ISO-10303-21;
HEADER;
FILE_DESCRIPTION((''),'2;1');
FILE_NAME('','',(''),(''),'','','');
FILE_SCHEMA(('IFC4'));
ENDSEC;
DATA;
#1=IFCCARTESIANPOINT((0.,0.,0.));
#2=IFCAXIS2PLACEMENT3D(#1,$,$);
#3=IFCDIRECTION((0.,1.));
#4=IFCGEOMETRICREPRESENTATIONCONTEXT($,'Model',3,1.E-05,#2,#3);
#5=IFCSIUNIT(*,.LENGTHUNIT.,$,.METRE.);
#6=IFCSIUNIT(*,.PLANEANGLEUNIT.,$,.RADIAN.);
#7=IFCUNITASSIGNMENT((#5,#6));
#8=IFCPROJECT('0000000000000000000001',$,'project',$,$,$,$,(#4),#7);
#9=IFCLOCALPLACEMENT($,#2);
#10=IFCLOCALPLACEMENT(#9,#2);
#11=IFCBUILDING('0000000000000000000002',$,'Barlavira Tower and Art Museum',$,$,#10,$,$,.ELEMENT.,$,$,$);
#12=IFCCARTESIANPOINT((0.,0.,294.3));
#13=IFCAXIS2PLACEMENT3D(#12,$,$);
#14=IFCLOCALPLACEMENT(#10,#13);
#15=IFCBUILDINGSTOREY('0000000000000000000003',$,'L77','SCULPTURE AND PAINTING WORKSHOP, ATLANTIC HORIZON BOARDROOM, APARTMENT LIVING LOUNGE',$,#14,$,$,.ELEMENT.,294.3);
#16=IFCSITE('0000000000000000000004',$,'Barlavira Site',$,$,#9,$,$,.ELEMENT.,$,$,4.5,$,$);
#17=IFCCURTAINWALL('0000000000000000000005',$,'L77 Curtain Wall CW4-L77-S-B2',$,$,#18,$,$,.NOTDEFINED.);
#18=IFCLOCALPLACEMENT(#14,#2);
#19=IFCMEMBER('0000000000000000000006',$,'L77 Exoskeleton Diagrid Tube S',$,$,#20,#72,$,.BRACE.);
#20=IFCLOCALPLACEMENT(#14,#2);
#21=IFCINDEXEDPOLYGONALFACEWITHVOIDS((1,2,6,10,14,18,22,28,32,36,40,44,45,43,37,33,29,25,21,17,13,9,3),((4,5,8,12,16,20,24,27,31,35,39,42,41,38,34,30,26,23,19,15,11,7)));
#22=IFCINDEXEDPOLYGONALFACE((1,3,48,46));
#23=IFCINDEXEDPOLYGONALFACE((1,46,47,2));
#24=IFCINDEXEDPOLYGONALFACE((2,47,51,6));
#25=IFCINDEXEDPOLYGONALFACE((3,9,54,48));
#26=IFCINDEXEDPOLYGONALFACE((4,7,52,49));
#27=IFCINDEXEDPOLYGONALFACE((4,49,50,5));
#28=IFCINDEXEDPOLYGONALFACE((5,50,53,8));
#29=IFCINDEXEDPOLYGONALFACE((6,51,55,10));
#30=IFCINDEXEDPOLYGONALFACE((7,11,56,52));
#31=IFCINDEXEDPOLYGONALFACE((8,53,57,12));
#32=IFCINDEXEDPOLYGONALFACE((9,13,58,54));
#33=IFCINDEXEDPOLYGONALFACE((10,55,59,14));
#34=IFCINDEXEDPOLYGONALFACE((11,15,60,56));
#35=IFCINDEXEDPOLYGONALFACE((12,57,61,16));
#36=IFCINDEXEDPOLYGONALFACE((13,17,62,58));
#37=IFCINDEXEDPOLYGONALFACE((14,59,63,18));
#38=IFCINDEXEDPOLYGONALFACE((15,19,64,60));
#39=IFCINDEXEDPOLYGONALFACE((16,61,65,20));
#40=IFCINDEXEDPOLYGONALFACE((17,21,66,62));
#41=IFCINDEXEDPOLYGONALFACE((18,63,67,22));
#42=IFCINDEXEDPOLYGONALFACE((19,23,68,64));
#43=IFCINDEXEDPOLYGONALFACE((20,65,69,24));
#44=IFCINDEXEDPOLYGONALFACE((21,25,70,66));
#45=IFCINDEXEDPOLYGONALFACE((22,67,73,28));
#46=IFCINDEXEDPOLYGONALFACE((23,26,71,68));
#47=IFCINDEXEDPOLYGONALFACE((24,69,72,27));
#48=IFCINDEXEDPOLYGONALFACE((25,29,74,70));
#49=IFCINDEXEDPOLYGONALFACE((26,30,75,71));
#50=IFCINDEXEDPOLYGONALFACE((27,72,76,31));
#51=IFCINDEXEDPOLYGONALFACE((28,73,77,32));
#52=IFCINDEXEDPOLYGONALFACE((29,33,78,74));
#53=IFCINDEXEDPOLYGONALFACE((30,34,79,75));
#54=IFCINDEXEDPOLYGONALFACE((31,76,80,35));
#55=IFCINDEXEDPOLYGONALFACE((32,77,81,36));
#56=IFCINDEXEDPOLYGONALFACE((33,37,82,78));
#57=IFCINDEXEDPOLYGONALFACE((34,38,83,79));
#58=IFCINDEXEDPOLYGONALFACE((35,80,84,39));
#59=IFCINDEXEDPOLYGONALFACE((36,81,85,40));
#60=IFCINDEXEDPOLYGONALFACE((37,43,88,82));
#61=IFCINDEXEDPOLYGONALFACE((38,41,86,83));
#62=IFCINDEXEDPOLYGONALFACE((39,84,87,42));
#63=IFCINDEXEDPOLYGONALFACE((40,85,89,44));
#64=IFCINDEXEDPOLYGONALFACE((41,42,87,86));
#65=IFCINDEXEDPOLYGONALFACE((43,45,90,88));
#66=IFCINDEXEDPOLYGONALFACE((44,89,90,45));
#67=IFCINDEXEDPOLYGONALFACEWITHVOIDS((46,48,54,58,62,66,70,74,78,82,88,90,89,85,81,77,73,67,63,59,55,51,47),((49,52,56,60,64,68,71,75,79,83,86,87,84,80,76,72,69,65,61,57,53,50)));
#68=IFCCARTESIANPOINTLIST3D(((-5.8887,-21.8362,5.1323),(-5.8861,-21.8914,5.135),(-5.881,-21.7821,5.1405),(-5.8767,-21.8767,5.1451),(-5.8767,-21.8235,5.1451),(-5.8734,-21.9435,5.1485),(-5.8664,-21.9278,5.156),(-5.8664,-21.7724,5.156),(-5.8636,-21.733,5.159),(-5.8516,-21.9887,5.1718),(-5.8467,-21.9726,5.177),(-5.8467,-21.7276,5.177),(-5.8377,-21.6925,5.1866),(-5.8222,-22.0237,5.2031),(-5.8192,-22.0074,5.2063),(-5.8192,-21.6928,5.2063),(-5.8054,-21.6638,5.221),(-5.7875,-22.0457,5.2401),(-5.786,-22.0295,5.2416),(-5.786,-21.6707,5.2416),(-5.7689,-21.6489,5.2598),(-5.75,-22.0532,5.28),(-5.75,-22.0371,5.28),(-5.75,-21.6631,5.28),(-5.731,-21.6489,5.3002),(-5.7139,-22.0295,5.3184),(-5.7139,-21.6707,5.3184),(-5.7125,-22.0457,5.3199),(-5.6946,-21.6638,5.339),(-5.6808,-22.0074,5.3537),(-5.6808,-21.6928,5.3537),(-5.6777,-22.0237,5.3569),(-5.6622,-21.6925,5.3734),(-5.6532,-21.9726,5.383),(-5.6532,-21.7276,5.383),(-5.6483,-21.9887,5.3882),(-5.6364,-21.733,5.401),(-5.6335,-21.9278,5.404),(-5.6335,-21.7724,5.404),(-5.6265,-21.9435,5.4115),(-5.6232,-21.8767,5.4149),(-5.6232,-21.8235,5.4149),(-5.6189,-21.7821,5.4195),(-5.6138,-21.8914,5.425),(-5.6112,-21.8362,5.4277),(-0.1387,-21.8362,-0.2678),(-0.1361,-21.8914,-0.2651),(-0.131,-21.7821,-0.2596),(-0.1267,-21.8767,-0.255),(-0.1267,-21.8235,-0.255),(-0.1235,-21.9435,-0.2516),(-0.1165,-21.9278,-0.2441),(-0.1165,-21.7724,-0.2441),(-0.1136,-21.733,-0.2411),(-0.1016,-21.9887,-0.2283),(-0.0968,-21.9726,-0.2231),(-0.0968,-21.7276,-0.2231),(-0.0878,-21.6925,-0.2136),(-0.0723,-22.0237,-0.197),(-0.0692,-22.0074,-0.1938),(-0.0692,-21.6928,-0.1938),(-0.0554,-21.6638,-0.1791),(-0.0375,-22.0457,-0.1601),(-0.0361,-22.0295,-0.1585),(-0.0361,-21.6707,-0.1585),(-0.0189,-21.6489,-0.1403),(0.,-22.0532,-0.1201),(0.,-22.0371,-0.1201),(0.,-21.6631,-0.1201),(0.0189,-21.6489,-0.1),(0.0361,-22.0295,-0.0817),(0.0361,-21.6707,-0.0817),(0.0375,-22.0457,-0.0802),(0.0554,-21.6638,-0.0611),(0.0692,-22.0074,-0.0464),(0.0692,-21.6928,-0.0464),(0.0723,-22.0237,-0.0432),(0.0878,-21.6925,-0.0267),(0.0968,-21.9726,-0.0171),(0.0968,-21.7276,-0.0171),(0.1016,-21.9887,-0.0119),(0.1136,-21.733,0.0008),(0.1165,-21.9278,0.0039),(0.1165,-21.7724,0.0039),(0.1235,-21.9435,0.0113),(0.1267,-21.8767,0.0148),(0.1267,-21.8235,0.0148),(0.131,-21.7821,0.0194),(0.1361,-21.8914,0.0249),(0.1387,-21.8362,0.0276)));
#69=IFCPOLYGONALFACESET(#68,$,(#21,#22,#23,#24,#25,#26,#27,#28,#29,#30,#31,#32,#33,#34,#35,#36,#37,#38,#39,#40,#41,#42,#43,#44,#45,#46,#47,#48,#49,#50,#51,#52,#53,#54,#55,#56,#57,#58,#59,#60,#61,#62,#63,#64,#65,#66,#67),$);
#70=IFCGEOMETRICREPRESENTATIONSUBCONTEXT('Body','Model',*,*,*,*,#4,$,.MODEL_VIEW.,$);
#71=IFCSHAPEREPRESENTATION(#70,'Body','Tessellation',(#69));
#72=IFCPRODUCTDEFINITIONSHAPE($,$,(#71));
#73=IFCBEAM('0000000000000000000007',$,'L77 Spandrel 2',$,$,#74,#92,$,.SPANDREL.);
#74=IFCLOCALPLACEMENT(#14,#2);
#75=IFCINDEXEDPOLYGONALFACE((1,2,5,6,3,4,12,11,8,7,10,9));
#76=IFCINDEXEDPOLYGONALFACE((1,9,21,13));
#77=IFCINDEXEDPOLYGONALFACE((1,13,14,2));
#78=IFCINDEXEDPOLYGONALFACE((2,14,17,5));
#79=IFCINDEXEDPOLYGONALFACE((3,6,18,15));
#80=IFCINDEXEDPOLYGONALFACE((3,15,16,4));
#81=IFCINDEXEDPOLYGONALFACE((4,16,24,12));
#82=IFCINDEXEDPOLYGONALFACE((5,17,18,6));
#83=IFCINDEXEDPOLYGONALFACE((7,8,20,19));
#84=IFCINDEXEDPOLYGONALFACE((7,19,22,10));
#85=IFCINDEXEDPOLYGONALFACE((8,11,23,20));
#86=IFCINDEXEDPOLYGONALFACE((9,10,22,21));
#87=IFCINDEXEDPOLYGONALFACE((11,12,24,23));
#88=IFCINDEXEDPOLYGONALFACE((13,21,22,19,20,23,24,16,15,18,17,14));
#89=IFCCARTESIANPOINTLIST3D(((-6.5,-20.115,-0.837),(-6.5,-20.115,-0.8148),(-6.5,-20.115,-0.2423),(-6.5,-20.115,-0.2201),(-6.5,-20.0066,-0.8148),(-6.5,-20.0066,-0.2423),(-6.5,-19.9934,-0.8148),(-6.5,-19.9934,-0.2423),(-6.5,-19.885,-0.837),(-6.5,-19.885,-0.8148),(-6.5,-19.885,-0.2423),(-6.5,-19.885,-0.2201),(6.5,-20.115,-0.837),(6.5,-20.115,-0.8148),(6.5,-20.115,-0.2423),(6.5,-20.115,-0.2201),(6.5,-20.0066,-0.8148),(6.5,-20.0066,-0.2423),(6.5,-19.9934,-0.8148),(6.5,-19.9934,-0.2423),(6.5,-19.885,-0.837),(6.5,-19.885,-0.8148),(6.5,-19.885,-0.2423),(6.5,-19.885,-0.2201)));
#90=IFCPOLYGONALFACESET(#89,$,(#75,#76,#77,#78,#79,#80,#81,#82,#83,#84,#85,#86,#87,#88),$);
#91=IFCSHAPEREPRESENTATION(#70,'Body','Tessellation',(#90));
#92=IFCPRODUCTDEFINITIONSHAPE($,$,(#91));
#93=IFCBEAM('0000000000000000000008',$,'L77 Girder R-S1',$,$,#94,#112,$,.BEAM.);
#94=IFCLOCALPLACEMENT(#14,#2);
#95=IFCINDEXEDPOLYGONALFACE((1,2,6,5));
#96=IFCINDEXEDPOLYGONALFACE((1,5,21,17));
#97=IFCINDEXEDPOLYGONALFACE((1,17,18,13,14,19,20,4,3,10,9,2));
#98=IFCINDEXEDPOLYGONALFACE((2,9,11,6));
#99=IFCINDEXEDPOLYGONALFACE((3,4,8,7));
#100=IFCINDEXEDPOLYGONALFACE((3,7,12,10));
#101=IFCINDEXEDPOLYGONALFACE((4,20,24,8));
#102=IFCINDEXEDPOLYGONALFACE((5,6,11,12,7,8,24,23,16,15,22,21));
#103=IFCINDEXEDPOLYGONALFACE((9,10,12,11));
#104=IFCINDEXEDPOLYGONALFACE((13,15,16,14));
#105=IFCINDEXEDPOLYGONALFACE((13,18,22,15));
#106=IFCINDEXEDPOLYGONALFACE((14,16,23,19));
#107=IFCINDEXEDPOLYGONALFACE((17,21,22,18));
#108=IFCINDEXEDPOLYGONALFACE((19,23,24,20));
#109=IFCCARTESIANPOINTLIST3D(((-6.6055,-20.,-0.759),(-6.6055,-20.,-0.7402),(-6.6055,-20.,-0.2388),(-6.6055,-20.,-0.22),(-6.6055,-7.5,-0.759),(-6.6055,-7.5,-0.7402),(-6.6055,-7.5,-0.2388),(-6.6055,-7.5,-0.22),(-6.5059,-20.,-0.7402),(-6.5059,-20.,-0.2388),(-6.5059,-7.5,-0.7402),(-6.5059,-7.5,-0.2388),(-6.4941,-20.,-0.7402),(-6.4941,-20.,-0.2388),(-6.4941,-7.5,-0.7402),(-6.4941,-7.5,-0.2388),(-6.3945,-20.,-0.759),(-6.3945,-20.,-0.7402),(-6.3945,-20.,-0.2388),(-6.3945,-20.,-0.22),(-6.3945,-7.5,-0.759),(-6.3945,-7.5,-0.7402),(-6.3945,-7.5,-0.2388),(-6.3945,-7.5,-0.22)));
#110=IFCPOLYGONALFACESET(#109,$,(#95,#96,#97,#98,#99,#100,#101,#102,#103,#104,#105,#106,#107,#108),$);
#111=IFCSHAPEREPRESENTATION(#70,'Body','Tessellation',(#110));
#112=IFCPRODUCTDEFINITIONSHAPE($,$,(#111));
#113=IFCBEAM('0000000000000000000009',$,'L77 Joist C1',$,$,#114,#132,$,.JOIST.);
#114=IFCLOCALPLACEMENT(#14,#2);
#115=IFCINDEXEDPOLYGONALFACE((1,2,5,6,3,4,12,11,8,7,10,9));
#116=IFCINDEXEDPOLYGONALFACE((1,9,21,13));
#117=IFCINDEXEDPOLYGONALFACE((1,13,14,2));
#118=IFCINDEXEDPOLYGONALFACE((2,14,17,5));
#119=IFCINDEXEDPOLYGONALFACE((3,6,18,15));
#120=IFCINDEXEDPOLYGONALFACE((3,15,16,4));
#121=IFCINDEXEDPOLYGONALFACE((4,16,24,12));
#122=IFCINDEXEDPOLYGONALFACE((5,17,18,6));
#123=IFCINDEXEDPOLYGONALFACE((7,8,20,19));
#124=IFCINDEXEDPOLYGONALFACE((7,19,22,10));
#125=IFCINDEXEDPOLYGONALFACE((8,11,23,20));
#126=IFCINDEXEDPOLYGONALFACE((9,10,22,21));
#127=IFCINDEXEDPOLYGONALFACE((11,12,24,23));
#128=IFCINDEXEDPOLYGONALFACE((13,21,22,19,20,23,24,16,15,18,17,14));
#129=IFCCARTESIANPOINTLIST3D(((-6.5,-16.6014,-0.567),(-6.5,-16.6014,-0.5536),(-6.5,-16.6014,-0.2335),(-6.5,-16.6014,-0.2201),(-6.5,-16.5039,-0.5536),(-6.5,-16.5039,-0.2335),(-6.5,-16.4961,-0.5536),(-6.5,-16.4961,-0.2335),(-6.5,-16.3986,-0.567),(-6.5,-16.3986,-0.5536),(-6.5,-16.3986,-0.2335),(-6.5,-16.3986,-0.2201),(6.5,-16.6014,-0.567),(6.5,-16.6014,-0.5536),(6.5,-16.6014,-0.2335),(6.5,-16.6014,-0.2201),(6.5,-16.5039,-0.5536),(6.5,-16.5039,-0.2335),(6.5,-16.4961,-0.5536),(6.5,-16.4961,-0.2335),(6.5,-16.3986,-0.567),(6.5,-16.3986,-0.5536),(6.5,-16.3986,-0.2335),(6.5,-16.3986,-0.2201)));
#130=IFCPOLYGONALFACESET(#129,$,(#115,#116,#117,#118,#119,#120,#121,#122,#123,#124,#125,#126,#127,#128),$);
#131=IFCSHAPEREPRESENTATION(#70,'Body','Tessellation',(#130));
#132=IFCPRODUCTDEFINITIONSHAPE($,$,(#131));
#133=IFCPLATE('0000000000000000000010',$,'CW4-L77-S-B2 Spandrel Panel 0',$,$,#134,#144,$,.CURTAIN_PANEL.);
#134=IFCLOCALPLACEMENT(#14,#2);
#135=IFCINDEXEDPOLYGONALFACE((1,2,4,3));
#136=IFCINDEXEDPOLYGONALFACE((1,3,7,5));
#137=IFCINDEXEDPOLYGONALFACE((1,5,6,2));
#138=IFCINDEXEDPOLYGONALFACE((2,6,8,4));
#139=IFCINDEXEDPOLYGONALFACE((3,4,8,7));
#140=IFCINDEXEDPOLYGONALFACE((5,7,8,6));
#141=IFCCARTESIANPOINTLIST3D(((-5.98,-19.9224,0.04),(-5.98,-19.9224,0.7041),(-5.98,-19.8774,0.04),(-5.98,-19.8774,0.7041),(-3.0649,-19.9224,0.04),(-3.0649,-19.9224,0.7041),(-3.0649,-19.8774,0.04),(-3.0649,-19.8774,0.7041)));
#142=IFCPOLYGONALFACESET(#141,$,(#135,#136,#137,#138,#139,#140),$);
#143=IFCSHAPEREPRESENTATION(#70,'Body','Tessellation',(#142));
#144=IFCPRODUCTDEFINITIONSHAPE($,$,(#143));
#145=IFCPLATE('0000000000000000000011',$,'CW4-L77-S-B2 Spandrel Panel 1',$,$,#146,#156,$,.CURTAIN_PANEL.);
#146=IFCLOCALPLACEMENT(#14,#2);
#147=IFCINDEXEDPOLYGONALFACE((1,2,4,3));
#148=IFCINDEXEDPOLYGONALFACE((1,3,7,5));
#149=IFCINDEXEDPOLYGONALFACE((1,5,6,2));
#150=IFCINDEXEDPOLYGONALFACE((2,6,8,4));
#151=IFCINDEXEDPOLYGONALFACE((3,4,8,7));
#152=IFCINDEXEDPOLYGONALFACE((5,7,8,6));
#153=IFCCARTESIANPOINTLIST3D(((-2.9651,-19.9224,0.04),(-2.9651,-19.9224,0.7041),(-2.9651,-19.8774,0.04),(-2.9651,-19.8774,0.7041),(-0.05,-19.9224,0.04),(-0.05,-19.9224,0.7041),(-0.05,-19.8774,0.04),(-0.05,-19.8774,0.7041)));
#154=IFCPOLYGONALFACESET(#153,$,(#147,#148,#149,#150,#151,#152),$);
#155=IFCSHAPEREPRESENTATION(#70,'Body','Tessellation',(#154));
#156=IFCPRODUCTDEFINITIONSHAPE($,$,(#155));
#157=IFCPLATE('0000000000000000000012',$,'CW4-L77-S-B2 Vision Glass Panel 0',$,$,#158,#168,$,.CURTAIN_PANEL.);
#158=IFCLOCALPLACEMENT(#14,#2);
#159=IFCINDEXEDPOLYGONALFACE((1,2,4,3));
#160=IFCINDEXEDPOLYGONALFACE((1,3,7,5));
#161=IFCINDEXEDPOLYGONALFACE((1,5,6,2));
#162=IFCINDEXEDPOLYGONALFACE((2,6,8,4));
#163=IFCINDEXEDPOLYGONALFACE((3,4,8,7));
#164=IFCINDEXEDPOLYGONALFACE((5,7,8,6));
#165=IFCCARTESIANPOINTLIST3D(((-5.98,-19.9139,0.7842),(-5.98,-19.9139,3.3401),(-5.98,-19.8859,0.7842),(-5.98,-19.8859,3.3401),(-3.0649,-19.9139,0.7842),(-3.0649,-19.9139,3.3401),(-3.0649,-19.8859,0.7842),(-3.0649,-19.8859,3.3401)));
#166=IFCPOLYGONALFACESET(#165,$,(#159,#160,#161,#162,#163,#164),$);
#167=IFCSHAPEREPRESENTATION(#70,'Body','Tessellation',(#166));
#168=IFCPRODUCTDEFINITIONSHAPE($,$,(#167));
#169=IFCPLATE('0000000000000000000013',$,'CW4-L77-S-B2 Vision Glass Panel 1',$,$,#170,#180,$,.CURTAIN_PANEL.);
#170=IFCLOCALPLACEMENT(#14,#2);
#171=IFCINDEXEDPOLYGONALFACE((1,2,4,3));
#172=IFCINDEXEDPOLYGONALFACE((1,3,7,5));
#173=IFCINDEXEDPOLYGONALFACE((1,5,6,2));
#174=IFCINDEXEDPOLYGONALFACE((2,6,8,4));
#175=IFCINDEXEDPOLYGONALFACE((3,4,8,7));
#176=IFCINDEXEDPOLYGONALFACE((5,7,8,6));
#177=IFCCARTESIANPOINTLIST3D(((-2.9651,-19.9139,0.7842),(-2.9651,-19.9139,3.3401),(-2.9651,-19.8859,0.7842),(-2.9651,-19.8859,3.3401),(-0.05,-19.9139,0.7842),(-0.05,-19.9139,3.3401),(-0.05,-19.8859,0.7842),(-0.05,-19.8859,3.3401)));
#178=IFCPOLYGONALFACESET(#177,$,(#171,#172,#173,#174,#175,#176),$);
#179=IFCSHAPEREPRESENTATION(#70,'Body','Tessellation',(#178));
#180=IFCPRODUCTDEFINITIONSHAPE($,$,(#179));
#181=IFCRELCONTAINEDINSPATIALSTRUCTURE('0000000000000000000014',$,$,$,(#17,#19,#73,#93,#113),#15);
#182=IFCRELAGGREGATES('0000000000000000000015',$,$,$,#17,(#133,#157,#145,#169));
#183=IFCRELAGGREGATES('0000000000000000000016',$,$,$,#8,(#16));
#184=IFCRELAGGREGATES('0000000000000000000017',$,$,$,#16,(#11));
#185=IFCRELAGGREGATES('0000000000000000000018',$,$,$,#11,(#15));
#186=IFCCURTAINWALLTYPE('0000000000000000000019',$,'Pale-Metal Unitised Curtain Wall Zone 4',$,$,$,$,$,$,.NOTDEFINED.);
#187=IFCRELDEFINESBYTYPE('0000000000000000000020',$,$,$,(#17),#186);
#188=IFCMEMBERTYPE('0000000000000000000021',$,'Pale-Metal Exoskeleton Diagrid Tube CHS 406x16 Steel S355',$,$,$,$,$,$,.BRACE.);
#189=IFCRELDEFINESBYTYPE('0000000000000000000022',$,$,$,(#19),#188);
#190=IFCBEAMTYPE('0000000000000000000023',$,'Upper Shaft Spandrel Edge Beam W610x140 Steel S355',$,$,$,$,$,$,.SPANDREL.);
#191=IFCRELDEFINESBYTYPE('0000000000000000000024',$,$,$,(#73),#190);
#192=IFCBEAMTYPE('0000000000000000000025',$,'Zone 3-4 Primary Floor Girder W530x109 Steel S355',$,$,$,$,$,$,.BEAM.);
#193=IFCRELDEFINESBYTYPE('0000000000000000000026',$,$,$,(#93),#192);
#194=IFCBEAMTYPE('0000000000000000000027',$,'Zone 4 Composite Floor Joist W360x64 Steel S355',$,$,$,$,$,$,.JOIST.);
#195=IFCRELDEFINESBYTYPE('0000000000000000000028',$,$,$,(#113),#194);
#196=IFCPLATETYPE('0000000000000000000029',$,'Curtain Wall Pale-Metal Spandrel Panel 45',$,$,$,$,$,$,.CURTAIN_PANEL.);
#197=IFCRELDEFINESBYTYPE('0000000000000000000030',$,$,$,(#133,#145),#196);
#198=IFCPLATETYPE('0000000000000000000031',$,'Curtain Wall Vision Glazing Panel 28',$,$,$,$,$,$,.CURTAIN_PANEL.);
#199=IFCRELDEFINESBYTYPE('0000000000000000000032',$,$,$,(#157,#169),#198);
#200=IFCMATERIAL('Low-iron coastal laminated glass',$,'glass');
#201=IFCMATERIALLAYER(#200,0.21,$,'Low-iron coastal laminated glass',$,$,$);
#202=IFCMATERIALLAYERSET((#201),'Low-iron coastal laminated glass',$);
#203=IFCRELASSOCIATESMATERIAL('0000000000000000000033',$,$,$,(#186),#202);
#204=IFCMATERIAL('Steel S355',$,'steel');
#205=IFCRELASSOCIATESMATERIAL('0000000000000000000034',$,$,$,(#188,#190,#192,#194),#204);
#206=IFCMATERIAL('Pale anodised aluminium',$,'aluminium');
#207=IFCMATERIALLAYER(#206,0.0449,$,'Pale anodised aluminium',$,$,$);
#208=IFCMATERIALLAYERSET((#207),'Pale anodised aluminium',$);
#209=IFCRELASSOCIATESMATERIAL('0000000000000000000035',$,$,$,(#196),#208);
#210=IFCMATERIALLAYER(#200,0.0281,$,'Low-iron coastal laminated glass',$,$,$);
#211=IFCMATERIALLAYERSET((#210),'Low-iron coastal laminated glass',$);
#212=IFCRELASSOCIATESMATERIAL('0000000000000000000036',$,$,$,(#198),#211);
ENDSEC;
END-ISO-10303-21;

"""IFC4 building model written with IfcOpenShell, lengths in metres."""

from ifc_helpers import new_model, si_unit, direction, frame, origin, origin_2d, place, context, subcontext, project, spatial, rectangle, hollow_circle, i_section, extrude, material, layer, layer_set, material_profile, profile_set, type_object, element, aggregate, save


model = new_model("IFC4")

# Units and contexts
model_context = context("Model", 3, precision=1e-05, world=origin(), true_north=direction((0.0, 1.0)))
body_context = subcontext(model_context, "Body", "Model", "MODEL_VIEW")
ifc_project = project(units=[si_unit("LENGTHUNIT", "METRE"), si_unit("PLANEANGLEUNIT", "RADIAN")], contexts=[model_context])

# Site, building, storey
site_placement = place(None, origin())
site = spatial("IfcSite", under=ifc_project, at=site_placement, Name="Barlavira Site", CompositionType="ELEMENT", RefElevation=4.5)
building_placement = place(site_placement, origin())
building = spatial("IfcBuilding", under=site, at=building_placement, Name="Barlavira Tower and Art Museum", CompositionType="ELEMENT")
storey_placement = place(building_placement, frame((0.0, 0.0, 294.3)))
storey = spatial("IfcBuildingStorey", under=building, at=storey_placement, Name="L77", Description="SCULPTURE AND PAINTING WORKSHOP, ATLANTIC HORIZON BOARDROOM, APARTMENT LIVING LOUNGE", CompositionType="ELEMENT", Elevation=294.3)

# Curtain wall
ifc_material_1 = material(Name="Low-iron coastal laminated glass", Category="glass")
ifc_layer_1 = layer(ifc_material_1, 0.21, Name="Low-iron coastal laminated glass")
ifc_layer_set_1 = layer_set([ifc_layer_1], Name="Low-iron coastal laminated glass")
curtain_wall_type = type_object("IfcCurtainWallType", Name="Pale-Metal Unitised Curtain Wall Zone 4", PredefinedType="NOTDEFINED", material=ifc_layer_set_1)
curtain_wall_placement = place(storey_placement, origin())
curtain_wall = element("IfcCurtainWall", 1, at=curtain_wall_placement, inside=storey, type_object=curtain_wall_type, Name="L77 Curtain Wall CW4-L77-S-B2", PredefinedType="NOTDEFINED")
ifc_material_2 = material(Name="Pale anodised aluminium", Category="aluminium")

# Member
ifc_material_3 = material(Name="Steel S355", Category="steel")
ifc_material_profile_1 = material_profile(ifc_material_3, hollow_circle(Radius=0.2031, WallThickness=0.0161, at=origin_2d()), Name="CHS 406.4x16.0")
ifc_profile_set_1 = profile_set([ifc_material_profile_1], Name="Steel S355")
member_type_1 = type_object("IfcMemberType", Name="Pale-Metal Exoskeleton Diagrid Tube CHS 406x16 Steel S355", PredefinedType="BRACE", material=ifc_profile_set_1)
member_1_placement = place(storey_placement, frame((0.0, -21.8501, -0.1201), z_axis=(-0.728935, 0.0, 0.684583), x_axis=(0.0, -1.0, 0.0)))
element("IfcMember", 2, at=member_1_placement, inside=storey, type_object=member_type_1, Name="L77 Exoskeleton Diagrid Tube S", PredefinedType="BRACE", context=body_context, shape_type="SweptSolid", body=[
    extrude(hollow_circle(Radius=0.2031, WallThickness=0.0161, at=origin_2d()), origin(), (0.0, 0.0, 1.0), 7.8882),
])

# Beams
ifc_material_profile_2 = material_profile(ifc_material_3, i_section(OverallWidth=0.23, OverallDepth=0.6169, WebThickness=0.0132, FlangeThickness=0.0222, at=origin_2d()), Name="W610x140.0")
ifc_profile_set_2 = profile_set([ifc_material_profile_2], Name="Steel S355")
beam_type_1 = type_object("IfcBeamType", Name="Upper Shaft Spandrel Edge Beam W610x140 Steel S355", PredefinedType="SPANDREL", material=ifc_profile_set_2)
beam_1_placement = place(storey_placement, frame((-6.5, -20.0, -0.5286), z_axis=(1.0, 0.0, 0.0), x_axis=(0.0, 1.0, 0.0)))
element("IfcBeam", 3, at=beam_1_placement, inside=storey, type_object=beam_type_1, Name="L77 Spandrel 2", PredefinedType="SPANDREL", context=body_context, shape_type="SweptSolid", body=[
    extrude(i_section(OverallWidth=0.23, OverallDepth=0.6169, WebThickness=0.0132, FlangeThickness=0.0222, at=origin_2d()), origin(), (0.0, 0.0, 1.0), 13.0),
])
ifc_material_profile_3 = material_profile(ifc_material_3, i_section(OverallWidth=0.2109, OverallDepth=0.5391, WebThickness=0.0117, FlangeThickness=0.0188, at=origin_2d()), Name="W530x109.0")
ifc_profile_set_3 = profile_set([ifc_material_profile_3], Name="Steel S355")
beam_type_2 = type_object("IfcBeamType", Name="Zone 3-4 Primary Floor Girder W530x109 Steel S355", PredefinedType="BEAM", material=ifc_profile_set_3)
beam_2_placement = place(storey_placement, frame((-6.5, -20.0, -0.4895), z_axis=(0.0, 1.0, 0.0), x_axis=(-1.0, 0.0, 0.0)))
element("IfcBeam", 4, at=beam_2_placement, inside=storey, type_object=beam_type_2, Name="L77 Girder R-S1", PredefinedType="BEAM", context=body_context, shape_type="SweptSolid", body=[
    extrude(i_section(OverallWidth=0.2109, OverallDepth=0.5391, WebThickness=0.0117, FlangeThickness=0.0188, at=origin_2d()), origin(), (0.0, 0.0, 1.0), 12.5),
])
ifc_material_profile_4 = material_profile(ifc_material_3, i_section(OverallWidth=0.2029, OverallDepth=0.3469, WebThickness=0.0078, FlangeThickness=0.0134, at=origin_2d()), Name="W360x64.0")
ifc_profile_set_4 = profile_set([ifc_material_profile_4], Name="Steel S355")
beam_type_3 = type_object("IfcBeamType", Name="Zone 4 Composite Floor Joist W360x64 Steel S355", PredefinedType="JOIST", material=ifc_profile_set_4)
beam_3_placement = place(storey_placement, frame((-6.5, -16.5, -0.3936), z_axis=(1.0, 0.0, 0.0), x_axis=(0.0, 1.0, 0.0)))
element("IfcBeam", 5, at=beam_3_placement, inside=storey, type_object=beam_type_3, Name="L77 Joist C1", PredefinedType="JOIST", context=body_context, shape_type="SweptSolid", body=[
    extrude(i_section(OverallWidth=0.2029, OverallDepth=0.3469, WebThickness=0.0078, FlangeThickness=0.0134, at=origin_2d()), origin(), (0.0, 0.0, 1.0), 13.0),
])

# Plates
ifc_layer_2 = layer(ifc_material_2, 0.0449, Name="Pale anodised aluminium")
ifc_layer_set_2 = layer_set([ifc_layer_2], Name="Pale anodised aluminium")
plate_type_1 = type_object("IfcPlateType", Name="Curtain Wall Pale-Metal Spandrel Panel 45", PredefinedType="CURTAIN_PANEL", material=ifc_layer_set_2)
plate_1_placement = place(storey_placement, frame((-4.5225, -19.8999, 0.04), z_axis=(0.0, 0.0, 1.0), x_axis=(1.0, 0.0, 0.0)))
plate_1 = element("IfcPlate", 6, at=plate_1_placement, type_object=plate_type_1, Name="CW4-L77-S-B2 Spandrel Panel 0", PredefinedType="CURTAIN_PANEL", context=body_context, shape_type="SweptSolid", body=[
    extrude(rectangle(XDim=2.915, YDim=0.0449, at=origin_2d()), origin(), (0.0, 0.0, 1.0), 0.6641),
])
plate_2_placement = place(storey_placement, frame((-1.5076, -19.8999, 0.04), z_axis=(0.0, 0.0, 1.0), x_axis=(1.0, 0.0, 0.0)))
plate_2 = element("IfcPlate", 7, at=plate_2_placement, type_object=plate_type_1, Name="CW4-L77-S-B2 Spandrel Panel 1", PredefinedType="CURTAIN_PANEL", context=body_context, shape_type="SweptSolid", body=[
    extrude(rectangle(XDim=2.915, YDim=0.0449, at=origin_2d()), origin(), (0.0, 0.0, 1.0), 0.6641),
])
ifc_layer_3 = layer(ifc_material_1, 0.0281, Name="Low-iron coastal laminated glass")
ifc_layer_set_3 = layer_set([ifc_layer_3], Name="Low-iron coastal laminated glass")
plate_type_2 = type_object("IfcPlateType", Name="Curtain Wall Vision Glazing Panel 28", PredefinedType="CURTAIN_PANEL", material=ifc_layer_set_3)
plate_3_placement = place(storey_placement, frame((-4.5225, -19.8999, 0.7842), z_axis=(0.0, 0.0, 1.0), x_axis=(1.0, 0.0, 0.0)))
plate_3 = element("IfcPlate", 8, at=plate_3_placement, type_object=plate_type_2, Name="CW4-L77-S-B2 Vision Glass Panel 0", PredefinedType="CURTAIN_PANEL", context=body_context, shape_type="SweptSolid", body=[
    extrude(rectangle(XDim=2.915, YDim=0.0281, at=origin_2d()), origin(), (0.0, 0.0, 1.0), 2.5559),
])
plate_4_placement = place(storey_placement, frame((-1.5076, -19.8999, 0.7842), z_axis=(0.0, 0.0, 1.0), x_axis=(1.0, 0.0, 0.0)))
plate_4 = element("IfcPlate", 9, at=plate_4_placement, type_object=plate_type_2, Name="CW4-L77-S-B2 Vision Glass Panel 1", PredefinedType="CURTAIN_PANEL", context=body_context, shape_type="SweptSolid", body=[
    extrude(rectangle(XDim=2.915, YDim=0.0281, at=origin_2d()), origin(), (0.0, 0.0, 1.0), 2.5559),
])
aggregate(curtain_wall, [plate_1, plate_3, plate_2, plate_4])

save(model, "model.ifc")
